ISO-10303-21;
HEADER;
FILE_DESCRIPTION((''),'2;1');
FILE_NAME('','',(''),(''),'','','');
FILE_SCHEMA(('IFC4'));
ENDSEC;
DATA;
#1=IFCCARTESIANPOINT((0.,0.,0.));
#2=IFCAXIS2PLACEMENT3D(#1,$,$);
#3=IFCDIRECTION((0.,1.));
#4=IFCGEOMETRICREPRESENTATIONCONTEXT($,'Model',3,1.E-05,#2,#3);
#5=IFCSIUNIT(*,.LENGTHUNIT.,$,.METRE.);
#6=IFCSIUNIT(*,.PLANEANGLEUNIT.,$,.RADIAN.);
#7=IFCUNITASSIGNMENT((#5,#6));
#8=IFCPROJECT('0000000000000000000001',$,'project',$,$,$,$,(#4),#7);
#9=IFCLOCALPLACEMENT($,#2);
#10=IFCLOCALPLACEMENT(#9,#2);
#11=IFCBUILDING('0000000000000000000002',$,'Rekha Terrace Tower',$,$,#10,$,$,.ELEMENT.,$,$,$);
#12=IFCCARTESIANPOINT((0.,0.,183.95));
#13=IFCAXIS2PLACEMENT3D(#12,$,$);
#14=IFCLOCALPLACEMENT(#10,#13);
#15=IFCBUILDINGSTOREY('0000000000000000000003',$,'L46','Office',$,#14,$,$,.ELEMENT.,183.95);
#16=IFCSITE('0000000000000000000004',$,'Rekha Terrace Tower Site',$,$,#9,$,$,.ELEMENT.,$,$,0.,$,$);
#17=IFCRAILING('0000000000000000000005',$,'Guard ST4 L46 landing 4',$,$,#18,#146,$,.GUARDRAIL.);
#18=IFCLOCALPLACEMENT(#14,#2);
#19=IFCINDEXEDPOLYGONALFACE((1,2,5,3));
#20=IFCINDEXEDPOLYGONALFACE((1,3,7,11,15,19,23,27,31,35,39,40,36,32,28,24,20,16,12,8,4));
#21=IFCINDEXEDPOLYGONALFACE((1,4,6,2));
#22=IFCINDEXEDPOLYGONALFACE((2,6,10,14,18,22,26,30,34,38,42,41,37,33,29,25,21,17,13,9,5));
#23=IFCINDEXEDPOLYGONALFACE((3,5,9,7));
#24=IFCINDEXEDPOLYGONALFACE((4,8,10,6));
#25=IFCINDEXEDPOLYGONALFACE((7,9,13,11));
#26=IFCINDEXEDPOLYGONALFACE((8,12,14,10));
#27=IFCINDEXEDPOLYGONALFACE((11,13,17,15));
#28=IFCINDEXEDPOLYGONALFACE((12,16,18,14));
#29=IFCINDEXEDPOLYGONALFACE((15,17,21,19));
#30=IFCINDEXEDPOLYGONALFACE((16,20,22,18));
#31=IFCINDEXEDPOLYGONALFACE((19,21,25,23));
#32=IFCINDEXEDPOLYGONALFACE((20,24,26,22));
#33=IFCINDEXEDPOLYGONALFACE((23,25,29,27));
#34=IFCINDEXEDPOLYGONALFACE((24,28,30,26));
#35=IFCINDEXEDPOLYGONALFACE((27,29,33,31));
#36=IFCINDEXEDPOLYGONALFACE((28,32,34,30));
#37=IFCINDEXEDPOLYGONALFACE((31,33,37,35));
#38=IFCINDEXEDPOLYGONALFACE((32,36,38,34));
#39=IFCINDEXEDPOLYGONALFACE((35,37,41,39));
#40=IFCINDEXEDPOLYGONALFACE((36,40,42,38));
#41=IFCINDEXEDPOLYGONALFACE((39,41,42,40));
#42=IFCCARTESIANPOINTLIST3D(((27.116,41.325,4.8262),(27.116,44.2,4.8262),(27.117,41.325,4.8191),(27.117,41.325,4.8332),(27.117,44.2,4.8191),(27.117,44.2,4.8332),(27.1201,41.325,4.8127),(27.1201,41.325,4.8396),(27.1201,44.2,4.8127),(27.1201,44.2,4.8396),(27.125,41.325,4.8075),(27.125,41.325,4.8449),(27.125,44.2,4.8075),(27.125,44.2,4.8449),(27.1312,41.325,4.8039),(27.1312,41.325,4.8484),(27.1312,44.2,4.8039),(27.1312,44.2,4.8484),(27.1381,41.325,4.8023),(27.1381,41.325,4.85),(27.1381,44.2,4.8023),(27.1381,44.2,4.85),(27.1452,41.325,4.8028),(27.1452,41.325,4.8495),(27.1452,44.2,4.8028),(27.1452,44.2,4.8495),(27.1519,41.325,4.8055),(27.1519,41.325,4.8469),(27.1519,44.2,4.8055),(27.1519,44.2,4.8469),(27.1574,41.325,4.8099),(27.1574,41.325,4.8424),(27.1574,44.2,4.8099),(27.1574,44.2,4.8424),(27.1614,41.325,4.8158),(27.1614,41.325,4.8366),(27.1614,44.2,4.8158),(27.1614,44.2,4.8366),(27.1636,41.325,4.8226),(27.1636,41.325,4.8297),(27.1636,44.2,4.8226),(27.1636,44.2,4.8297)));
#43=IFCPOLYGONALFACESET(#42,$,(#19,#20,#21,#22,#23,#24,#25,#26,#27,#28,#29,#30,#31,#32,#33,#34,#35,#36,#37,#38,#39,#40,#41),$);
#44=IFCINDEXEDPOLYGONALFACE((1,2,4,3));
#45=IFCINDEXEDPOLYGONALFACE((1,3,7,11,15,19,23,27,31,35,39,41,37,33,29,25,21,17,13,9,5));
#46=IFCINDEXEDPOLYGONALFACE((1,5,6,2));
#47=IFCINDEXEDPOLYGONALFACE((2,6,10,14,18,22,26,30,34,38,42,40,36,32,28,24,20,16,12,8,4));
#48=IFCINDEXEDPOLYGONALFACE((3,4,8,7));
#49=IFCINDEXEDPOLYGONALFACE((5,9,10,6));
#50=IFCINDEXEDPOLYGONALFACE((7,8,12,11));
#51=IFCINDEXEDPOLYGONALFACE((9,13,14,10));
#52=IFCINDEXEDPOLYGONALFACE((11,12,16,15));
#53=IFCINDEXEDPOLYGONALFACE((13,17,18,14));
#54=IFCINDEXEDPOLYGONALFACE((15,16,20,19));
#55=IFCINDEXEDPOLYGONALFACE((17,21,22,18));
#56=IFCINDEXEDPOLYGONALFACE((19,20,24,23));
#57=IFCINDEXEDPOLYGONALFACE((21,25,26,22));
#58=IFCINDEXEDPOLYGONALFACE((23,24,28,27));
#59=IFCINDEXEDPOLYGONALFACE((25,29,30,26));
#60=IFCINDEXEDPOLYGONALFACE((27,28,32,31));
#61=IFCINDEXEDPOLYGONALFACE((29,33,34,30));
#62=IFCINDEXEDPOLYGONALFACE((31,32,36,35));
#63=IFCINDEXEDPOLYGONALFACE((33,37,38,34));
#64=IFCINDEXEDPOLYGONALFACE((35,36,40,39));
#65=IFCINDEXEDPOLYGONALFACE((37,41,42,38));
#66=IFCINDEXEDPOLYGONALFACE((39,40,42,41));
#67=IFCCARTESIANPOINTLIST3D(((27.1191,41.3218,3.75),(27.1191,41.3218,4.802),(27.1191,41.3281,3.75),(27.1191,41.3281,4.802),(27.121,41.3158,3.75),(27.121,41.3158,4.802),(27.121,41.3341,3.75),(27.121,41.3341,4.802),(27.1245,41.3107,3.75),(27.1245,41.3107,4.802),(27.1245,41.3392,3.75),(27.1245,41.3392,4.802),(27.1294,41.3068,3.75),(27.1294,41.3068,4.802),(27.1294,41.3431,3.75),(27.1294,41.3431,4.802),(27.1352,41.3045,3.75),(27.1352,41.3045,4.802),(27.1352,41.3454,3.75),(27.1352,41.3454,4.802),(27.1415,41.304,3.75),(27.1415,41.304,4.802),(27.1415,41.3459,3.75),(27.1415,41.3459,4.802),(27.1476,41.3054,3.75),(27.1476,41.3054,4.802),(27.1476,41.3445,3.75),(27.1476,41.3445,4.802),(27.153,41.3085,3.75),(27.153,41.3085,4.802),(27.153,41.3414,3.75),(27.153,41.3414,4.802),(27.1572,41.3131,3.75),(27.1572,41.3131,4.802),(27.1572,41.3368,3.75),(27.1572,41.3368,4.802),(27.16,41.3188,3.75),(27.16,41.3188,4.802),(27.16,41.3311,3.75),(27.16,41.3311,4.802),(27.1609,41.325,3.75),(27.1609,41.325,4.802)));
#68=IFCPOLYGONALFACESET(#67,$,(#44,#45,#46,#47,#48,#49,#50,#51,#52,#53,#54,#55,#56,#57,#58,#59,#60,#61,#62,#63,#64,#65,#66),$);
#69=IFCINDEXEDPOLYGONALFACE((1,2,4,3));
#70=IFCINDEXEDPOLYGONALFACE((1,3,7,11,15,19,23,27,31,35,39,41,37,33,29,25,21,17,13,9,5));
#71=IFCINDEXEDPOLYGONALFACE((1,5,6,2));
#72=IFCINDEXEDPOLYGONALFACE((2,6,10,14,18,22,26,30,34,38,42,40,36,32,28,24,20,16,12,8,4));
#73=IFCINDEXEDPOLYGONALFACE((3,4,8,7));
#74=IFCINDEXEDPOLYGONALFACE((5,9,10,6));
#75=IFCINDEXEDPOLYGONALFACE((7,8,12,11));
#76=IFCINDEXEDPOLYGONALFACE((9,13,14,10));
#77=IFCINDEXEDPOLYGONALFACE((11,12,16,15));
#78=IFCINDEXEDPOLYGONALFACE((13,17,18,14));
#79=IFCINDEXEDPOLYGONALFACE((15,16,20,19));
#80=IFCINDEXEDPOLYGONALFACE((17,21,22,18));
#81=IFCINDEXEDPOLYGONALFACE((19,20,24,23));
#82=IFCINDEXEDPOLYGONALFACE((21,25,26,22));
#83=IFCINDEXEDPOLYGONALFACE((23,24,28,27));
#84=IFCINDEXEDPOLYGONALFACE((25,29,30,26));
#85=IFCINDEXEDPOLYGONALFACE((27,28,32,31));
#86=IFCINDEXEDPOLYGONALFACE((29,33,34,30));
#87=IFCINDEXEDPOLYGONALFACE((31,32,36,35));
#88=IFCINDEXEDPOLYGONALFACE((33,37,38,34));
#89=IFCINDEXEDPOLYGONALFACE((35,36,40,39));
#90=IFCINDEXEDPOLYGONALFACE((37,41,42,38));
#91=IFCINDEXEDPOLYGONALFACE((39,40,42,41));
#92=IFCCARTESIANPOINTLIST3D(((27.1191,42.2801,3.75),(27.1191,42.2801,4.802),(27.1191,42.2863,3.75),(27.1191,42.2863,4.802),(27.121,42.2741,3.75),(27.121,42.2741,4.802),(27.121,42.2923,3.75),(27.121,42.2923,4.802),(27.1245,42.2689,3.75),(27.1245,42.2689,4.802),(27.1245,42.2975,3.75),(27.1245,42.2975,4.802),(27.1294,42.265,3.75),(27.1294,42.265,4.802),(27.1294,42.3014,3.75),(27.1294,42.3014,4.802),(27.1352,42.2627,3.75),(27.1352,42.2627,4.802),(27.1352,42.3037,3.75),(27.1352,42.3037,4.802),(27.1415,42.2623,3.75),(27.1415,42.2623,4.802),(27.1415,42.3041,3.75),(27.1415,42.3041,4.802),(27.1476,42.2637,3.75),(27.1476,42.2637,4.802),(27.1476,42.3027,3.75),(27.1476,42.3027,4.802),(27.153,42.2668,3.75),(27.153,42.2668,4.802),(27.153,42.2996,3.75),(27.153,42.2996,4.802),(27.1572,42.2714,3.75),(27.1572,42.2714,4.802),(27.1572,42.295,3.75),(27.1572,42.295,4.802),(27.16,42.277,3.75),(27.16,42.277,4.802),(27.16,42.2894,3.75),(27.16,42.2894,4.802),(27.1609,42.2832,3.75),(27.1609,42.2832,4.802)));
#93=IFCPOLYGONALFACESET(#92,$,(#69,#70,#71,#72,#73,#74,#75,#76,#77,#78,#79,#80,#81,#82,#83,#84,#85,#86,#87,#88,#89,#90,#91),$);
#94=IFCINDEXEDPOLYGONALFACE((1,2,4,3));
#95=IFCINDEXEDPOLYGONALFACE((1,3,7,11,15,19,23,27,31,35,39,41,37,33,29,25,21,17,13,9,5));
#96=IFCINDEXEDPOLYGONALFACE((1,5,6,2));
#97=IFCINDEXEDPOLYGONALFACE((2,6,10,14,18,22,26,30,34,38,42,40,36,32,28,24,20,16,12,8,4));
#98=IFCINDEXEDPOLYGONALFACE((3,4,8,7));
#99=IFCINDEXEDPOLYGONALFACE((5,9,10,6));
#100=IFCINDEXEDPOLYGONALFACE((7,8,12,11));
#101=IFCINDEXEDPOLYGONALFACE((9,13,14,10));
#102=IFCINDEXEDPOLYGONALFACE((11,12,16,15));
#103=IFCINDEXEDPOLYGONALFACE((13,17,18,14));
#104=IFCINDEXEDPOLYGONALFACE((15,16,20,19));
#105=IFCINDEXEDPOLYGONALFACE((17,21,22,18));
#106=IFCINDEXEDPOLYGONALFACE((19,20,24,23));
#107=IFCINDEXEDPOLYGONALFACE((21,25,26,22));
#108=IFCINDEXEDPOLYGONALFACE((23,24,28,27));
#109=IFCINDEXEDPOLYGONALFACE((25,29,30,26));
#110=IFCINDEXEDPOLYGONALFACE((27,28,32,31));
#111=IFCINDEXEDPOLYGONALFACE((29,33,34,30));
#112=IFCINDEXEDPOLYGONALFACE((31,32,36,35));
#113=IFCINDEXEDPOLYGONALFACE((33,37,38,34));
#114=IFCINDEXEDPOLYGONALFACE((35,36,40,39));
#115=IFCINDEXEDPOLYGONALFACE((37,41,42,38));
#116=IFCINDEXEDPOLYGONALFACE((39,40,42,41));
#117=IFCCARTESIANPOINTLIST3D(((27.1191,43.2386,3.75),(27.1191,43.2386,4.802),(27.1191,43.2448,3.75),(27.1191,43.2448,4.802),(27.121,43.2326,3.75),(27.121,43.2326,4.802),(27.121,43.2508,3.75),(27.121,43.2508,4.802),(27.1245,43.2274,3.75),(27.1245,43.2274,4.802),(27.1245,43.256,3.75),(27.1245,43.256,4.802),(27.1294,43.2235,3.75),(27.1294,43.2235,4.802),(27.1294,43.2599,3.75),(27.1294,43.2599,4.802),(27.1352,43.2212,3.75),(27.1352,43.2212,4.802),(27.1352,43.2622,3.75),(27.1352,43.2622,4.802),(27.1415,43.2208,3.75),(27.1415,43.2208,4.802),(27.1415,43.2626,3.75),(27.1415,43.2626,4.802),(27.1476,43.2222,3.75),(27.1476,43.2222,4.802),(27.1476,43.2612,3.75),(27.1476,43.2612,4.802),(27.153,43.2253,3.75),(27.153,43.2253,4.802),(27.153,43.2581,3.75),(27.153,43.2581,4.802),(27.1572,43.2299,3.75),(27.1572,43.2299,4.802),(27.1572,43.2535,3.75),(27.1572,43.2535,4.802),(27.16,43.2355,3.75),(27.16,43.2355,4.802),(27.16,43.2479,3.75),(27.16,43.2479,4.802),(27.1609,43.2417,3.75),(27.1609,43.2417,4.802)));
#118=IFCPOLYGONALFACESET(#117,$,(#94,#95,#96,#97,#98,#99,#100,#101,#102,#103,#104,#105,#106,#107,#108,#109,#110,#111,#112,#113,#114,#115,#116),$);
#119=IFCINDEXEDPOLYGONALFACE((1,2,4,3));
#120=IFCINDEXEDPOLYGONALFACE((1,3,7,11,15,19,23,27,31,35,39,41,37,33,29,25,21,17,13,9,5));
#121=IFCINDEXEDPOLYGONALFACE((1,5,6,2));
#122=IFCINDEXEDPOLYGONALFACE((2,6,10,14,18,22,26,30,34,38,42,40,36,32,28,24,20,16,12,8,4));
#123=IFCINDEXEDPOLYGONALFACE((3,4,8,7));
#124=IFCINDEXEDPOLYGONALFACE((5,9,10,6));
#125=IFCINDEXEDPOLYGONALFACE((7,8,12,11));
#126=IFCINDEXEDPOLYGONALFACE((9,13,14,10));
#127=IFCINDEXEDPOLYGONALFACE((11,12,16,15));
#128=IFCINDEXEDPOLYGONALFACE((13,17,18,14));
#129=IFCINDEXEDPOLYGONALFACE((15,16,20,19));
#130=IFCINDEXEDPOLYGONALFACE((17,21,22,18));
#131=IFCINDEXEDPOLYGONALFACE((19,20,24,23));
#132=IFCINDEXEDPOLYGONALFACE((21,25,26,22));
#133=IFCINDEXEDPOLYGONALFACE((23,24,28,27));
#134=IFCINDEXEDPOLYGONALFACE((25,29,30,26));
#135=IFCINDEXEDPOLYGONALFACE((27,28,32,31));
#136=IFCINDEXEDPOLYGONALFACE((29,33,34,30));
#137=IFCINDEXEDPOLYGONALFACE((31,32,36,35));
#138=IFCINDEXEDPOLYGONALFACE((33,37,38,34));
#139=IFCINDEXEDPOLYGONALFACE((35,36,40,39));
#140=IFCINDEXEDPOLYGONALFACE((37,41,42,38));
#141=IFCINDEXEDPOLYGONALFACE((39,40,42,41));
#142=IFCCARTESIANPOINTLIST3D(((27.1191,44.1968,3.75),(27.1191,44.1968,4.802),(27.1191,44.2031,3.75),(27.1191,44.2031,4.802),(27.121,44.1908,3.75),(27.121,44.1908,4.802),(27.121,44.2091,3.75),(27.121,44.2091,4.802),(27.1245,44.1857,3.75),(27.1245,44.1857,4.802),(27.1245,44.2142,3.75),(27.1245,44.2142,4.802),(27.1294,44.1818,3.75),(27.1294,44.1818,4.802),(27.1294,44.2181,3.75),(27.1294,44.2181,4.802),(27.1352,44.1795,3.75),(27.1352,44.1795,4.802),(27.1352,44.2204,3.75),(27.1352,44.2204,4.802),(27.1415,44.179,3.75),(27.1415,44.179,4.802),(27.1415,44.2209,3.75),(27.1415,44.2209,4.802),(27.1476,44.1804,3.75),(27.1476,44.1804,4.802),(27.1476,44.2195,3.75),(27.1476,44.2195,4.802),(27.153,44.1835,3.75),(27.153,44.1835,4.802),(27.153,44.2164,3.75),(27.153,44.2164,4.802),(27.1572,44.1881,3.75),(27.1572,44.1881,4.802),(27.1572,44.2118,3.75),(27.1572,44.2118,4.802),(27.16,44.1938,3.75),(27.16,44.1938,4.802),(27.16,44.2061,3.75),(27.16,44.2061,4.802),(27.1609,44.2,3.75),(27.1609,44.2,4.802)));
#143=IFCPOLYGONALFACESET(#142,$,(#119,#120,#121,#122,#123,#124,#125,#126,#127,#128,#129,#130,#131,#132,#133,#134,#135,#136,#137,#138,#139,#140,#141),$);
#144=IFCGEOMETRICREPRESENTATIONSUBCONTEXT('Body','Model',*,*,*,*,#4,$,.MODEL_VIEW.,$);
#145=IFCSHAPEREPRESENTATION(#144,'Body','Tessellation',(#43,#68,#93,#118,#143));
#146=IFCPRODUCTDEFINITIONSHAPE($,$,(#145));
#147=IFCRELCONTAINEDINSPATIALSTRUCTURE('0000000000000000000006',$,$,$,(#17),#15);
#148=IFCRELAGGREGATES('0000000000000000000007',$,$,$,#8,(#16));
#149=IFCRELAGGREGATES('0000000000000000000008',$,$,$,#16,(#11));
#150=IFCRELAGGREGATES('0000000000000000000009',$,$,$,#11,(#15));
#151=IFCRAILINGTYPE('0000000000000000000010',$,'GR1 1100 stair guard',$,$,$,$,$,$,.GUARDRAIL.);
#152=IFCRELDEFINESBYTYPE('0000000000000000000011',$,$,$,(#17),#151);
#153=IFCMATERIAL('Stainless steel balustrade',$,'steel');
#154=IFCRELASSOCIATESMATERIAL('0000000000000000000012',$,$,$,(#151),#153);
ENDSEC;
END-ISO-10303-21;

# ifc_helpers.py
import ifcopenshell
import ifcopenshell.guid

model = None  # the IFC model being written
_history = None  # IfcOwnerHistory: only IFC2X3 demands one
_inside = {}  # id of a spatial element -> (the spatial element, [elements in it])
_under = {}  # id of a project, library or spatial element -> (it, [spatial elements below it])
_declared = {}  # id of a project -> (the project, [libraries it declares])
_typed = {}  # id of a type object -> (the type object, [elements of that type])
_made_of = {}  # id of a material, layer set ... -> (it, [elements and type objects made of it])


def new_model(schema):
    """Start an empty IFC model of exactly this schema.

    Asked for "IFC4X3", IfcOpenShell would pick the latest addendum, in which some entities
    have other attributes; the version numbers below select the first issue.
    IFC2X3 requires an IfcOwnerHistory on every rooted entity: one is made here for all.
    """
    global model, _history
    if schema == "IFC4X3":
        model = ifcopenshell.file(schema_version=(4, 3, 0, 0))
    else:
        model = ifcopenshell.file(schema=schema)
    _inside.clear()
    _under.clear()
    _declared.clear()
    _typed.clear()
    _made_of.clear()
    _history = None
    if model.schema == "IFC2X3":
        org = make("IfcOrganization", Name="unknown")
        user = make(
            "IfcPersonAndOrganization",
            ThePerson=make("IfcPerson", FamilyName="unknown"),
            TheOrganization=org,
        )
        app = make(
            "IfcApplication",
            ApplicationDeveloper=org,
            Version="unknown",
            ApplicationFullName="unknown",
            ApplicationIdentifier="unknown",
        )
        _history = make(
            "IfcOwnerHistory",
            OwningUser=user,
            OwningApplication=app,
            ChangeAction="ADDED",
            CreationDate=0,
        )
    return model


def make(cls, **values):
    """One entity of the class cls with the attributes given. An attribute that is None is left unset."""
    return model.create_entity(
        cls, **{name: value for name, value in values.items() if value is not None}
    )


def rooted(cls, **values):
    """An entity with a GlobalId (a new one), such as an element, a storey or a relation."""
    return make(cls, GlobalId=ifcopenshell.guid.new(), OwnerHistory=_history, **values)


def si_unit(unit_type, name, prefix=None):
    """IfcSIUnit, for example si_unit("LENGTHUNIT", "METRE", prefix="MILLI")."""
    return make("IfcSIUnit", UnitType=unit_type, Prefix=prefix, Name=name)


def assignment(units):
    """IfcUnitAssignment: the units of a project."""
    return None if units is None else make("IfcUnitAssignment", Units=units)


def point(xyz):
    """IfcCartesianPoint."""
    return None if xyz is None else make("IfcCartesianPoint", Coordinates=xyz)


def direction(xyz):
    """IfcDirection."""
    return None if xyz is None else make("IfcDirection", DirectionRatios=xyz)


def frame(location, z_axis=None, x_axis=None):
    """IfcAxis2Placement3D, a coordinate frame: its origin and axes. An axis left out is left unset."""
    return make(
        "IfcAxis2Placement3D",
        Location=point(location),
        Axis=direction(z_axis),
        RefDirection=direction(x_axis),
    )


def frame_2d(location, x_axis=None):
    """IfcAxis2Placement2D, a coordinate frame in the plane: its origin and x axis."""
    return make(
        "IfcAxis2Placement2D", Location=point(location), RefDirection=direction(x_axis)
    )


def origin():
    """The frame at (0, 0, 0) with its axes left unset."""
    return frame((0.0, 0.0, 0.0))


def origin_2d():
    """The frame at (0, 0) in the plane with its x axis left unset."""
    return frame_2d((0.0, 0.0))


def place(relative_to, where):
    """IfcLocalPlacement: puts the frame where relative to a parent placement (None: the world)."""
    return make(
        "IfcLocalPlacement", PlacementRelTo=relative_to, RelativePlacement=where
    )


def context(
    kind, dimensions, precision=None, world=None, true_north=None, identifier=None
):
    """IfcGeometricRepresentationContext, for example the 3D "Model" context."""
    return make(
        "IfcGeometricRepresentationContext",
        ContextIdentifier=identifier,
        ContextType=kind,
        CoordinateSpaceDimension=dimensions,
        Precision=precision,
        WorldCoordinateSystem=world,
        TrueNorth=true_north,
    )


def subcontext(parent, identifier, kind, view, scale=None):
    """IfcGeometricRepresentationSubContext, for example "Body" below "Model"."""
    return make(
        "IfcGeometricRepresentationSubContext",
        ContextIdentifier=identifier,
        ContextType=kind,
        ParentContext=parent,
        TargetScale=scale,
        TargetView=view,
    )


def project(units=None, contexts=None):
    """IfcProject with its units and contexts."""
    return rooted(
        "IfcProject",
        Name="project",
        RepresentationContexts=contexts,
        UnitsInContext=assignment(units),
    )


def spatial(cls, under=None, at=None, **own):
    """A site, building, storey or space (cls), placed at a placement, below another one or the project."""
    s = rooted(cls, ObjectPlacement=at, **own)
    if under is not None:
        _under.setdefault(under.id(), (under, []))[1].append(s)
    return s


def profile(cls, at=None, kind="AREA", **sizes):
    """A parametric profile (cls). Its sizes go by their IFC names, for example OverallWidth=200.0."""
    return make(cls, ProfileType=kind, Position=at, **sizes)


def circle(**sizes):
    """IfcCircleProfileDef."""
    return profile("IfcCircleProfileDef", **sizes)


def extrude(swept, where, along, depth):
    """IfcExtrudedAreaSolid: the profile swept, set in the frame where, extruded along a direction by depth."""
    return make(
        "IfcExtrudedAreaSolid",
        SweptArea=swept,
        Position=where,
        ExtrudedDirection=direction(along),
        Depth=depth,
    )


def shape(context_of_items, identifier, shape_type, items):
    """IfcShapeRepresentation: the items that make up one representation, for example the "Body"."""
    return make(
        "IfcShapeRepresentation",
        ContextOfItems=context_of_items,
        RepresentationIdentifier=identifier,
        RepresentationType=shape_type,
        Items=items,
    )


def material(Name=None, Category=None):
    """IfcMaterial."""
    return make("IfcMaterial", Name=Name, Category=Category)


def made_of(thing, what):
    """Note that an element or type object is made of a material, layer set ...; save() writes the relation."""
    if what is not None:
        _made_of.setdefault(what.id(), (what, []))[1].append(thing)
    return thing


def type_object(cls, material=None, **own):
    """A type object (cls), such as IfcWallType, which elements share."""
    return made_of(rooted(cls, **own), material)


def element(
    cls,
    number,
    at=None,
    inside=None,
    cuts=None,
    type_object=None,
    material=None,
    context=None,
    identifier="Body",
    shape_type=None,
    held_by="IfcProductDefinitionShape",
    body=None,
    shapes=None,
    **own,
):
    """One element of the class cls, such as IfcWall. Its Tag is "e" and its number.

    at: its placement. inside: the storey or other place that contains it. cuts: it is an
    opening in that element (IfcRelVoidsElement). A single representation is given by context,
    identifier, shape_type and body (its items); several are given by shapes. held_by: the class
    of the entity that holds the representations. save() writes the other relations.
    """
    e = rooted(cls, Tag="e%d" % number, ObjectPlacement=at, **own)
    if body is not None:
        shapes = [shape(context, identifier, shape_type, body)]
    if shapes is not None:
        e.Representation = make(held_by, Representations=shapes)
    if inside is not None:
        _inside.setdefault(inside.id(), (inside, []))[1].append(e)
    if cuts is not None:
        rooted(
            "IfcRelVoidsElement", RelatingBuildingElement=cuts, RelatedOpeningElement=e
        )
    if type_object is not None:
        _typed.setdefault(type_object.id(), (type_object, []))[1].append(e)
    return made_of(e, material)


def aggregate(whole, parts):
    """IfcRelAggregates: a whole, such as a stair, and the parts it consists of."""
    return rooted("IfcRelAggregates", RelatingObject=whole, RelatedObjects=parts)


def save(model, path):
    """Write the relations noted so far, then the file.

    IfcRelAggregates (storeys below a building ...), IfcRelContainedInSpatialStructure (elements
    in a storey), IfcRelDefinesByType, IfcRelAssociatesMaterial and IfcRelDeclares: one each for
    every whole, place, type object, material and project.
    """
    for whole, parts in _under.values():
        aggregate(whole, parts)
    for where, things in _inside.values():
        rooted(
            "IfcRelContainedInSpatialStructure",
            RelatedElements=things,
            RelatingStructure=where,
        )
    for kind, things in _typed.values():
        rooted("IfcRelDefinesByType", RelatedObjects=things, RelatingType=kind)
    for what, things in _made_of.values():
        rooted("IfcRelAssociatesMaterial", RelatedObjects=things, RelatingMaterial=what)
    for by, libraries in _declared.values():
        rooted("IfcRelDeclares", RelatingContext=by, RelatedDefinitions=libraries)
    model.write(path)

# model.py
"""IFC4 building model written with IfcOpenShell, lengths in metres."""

from ifc_helpers import new_model, si_unit, direction, frame, origin, origin_2d, place, context, subcontext, project, spatial, circle, extrude, material, type_object, element, save


model = new_model("IFC4")

# Units and contexts
model_context = context("Model", 3, precision=1e-05, world=origin(), true_north=direction((0.0, 1.0)))
body_context = subcontext(model_context, "Body", "Model", "MODEL_VIEW")
ifc_project = project(units=[si_unit("LENGTHUNIT", "METRE"), si_unit("PLANEANGLEUNIT", "RADIAN")], contexts=[model_context])

# Site, building, storey
site_placement = place(None, origin())
site = spatial("IfcSite", under=ifc_project, at=site_placement, Name="Rekha Terrace Tower Site", CompositionType="ELEMENT", RefElevation=0.0)
building_placement = place(site_placement, origin())
building = spatial("IfcBuilding", under=site, at=building_placement, Name="Rekha Terrace Tower", CompositionType="ELEMENT")
storey_placement = place(building_placement, frame((0.0, 0.0, 183.95)))
storey = spatial("IfcBuildingStorey", under=building, at=storey_placement, Name="L46", Description="Office", CompositionType="ELEMENT", Elevation=183.95)

# Railing
ifc_material_1 = material(Name="Stainless steel balustrade", Category="steel")
railing_type_1 = type_object("IfcRailingType", Name="GR1 1100 stair guard", PredefinedType="GUARDRAIL", material=ifc_material_1)
railing_1_placement = place(storey_placement, frame((27.1399, 41.325, 3.75)))
element("IfcRailing", 1, at=railing_1_placement, inside=storey, type_object=railing_type_1, Name="Guard ST4 L46 landing 4", PredefinedType="GUARDRAIL", context=body_context, shape_type="SweptSolid", body=[
    extrude(circle(Radius=0.0239, at=origin_2d()), frame((0.0, 0.0, 1.0762), z_axis=(0.0, 1.0, 0.0), x_axis=(-1.0, 0.0, 0.0)), (0.0, 0.0, 1.0), 2.875),
    extrude(circle(Radius=0.021, at=origin_2d()), origin(), (0.0, 0.0, 1.0), 1.052),
    extrude(circle(Radius=0.021, at=origin_2d()), frame((0.0, 0.9583, 0.0)), (0.0, 0.0, 1.0), 1.052),
    extrude(circle(Radius=0.021, at=origin_2d()), frame((0.0, 1.9167, 0.0)), (0.0, 0.0, 1.0), 1.052),
    extrude(circle(Radius=0.021, at=origin_2d()), frame((0.0, 2.875, 0.0)), (0.0, 0.0, 1.0), 1.052),
])

save(model, "model.ifc")
